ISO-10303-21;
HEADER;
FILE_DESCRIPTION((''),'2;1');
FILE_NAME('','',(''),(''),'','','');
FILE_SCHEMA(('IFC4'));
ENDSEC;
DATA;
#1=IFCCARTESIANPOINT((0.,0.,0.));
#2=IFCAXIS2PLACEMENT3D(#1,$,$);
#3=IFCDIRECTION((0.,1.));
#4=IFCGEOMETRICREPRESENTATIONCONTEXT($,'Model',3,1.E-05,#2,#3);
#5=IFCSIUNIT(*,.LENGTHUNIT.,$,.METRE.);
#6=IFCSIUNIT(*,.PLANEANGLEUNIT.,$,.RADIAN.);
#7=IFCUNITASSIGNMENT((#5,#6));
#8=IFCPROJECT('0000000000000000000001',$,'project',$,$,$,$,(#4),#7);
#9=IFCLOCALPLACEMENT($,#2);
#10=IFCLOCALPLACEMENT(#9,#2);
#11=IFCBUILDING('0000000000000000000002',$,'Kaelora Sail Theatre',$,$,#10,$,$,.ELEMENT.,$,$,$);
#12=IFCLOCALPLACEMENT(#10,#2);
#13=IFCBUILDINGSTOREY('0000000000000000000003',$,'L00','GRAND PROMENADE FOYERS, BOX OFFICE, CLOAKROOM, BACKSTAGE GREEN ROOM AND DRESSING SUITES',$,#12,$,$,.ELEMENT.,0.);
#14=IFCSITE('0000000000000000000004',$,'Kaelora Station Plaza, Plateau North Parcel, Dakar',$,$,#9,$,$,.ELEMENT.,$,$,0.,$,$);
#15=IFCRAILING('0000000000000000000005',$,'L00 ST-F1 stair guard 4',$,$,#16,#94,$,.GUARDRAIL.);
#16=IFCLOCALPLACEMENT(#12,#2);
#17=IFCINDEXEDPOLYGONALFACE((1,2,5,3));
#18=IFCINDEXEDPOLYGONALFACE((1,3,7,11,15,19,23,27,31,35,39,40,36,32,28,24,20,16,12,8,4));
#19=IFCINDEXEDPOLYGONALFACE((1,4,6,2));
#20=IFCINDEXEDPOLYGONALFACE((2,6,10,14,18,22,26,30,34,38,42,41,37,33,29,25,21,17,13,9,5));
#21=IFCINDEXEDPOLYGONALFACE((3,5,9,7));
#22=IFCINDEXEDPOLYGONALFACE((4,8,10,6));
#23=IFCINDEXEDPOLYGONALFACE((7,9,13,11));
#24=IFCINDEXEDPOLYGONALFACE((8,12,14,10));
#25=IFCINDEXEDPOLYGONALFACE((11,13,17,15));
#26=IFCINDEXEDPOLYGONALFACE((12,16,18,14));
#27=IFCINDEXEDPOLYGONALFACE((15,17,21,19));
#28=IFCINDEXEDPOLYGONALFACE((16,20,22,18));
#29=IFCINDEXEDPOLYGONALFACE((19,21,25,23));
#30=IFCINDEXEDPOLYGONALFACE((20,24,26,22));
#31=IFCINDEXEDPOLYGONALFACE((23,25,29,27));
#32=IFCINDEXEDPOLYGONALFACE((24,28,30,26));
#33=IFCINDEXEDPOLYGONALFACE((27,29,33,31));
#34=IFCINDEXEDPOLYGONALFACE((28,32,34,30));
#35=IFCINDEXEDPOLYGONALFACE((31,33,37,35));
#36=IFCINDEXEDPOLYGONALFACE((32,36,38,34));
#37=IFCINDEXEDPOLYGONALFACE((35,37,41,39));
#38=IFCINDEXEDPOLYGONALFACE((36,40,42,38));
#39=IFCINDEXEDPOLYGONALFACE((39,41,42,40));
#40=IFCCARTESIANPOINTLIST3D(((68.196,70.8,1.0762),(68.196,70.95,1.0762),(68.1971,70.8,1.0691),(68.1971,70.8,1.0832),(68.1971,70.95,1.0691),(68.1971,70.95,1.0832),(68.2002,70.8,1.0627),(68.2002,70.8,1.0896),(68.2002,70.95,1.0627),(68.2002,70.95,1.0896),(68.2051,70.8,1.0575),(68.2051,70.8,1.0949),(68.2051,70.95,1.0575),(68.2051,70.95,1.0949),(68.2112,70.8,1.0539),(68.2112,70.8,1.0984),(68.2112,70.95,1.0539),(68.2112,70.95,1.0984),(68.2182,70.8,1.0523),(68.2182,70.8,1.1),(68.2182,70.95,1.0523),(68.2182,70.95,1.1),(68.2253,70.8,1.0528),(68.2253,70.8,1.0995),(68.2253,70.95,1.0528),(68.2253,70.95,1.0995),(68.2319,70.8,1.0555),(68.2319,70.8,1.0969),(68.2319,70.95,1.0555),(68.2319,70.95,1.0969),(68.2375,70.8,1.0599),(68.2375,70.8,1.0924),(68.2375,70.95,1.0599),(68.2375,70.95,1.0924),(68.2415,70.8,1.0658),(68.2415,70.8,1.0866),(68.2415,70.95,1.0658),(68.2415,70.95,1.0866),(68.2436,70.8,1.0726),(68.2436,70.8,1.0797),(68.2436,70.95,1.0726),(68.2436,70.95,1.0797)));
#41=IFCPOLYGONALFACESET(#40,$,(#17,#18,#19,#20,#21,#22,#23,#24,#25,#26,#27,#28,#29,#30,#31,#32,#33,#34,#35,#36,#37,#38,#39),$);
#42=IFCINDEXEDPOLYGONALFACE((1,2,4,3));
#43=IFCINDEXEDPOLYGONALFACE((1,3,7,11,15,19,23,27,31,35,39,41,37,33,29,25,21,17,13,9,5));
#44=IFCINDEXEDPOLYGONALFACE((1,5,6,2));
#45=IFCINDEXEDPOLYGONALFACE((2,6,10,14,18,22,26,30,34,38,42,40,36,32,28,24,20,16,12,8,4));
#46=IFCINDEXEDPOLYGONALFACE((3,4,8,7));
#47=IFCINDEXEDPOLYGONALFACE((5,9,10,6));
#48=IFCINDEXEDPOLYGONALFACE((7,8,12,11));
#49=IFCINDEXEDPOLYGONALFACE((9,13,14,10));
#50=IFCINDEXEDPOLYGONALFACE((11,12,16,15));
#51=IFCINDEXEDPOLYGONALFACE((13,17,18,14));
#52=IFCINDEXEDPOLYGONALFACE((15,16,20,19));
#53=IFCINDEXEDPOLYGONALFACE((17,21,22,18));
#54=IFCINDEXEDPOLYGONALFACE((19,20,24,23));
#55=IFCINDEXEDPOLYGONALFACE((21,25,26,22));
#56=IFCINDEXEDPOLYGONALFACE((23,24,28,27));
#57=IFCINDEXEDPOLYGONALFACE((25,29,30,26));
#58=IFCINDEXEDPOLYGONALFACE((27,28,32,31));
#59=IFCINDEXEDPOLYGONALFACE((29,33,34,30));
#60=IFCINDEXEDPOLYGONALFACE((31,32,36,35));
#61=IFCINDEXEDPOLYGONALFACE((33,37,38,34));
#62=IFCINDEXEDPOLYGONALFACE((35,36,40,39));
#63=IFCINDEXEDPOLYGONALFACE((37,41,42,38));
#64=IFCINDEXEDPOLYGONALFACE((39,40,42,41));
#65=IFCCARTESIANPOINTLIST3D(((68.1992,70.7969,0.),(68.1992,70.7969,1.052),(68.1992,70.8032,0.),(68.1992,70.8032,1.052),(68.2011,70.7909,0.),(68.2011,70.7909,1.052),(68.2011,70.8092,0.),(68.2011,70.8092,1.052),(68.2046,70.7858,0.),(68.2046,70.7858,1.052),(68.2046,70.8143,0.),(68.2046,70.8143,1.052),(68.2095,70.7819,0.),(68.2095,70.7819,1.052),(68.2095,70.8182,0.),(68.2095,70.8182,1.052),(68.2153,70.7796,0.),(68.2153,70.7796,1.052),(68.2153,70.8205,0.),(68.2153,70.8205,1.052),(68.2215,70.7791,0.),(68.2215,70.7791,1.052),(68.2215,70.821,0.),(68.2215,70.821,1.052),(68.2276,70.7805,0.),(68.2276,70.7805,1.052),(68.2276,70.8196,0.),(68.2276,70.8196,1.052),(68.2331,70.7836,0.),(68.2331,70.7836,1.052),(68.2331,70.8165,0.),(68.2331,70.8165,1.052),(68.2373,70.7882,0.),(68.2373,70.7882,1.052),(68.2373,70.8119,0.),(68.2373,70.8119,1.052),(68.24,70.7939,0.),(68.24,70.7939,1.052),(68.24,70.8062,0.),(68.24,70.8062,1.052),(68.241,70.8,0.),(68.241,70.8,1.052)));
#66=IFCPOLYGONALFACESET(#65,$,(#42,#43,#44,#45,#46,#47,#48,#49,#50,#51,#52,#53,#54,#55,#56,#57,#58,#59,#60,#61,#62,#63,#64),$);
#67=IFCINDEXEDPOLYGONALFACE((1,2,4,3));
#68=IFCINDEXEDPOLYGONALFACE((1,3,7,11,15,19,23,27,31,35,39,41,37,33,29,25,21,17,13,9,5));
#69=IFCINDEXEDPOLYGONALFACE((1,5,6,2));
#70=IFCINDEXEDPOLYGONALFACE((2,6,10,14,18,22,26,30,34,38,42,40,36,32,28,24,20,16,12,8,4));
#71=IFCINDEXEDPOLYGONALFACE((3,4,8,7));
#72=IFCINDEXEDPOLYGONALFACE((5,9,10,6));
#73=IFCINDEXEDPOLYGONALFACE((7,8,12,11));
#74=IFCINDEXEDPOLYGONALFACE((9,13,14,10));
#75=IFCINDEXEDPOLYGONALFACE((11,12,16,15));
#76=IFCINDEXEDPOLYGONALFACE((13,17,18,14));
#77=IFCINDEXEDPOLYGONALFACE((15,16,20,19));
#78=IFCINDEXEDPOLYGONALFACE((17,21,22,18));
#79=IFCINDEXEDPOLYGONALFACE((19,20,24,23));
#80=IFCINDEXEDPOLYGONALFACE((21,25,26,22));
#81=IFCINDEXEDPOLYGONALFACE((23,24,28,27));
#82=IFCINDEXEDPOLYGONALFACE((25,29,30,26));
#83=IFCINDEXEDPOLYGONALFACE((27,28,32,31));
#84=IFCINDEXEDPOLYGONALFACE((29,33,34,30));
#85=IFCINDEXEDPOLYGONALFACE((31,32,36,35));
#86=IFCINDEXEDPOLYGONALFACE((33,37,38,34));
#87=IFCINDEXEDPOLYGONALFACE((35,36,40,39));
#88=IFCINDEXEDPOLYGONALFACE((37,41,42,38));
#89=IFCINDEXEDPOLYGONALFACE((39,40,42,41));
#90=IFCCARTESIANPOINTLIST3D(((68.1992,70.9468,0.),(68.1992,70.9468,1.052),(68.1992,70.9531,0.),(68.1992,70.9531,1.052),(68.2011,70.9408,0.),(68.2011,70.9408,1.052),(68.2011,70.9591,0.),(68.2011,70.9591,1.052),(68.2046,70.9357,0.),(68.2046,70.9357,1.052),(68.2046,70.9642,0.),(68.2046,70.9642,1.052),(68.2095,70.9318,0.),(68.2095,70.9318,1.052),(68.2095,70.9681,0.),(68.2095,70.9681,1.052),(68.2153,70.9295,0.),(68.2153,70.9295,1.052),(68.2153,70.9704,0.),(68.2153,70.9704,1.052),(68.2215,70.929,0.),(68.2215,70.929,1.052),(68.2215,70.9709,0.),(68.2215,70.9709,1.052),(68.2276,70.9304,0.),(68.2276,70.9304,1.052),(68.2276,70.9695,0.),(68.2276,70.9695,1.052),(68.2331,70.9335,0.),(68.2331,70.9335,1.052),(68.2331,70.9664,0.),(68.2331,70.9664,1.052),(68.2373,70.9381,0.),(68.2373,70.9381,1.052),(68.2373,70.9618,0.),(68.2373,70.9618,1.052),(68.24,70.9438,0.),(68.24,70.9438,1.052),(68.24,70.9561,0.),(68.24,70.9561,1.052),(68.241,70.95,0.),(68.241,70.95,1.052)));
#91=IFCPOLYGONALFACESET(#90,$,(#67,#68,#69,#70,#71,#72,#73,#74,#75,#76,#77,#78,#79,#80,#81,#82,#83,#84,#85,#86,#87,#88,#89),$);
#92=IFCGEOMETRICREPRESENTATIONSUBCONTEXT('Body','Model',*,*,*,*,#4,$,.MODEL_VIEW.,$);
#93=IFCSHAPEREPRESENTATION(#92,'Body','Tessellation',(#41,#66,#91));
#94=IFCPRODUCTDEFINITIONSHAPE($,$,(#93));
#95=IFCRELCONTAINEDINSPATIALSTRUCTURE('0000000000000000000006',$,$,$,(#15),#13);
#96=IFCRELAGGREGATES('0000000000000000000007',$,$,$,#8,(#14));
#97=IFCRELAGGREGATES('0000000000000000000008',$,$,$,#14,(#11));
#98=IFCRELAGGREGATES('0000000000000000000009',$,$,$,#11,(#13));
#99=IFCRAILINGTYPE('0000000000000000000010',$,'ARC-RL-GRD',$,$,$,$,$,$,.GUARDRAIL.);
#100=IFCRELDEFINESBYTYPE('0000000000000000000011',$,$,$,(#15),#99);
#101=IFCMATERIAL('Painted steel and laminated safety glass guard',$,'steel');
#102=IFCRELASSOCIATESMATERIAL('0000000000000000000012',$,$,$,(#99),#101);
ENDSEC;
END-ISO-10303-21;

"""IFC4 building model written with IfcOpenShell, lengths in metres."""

from ifc_helpers import new_model, si_unit, direction, frame, origin, origin_2d, place, context, subcontext, project, spatial, circle, extrude, material, type_object, element, save


model = new_model("IFC4")

# Units and contexts
model_context = context("Model", 3, precision=1e-05, world=origin(), true_north=direction((0.0, 1.0)))
body_context = subcontext(model_context, "Body", "Model", "MODEL_VIEW")
ifc_project = project(units=[si_unit("LENGTHUNIT", "METRE"), si_unit("PLANEANGLEUNIT", "RADIAN")], contexts=[model_context])

# Site, building, storey
site_placement = place(None, origin())
site = spatial("IfcSite", under=ifc_project, at=site_placement, Name="Kaelora Station Plaza, Plateau North Parcel, Dakar", CompositionType="ELEMENT", RefElevation=0.0)
building_placement = place(site_placement, origin())
building = spatial("IfcBuilding", under=site, at=building_placement, Name="Kaelora Sail Theatre", CompositionType="ELEMENT")
storey_placement = place(building_placement, origin())
storey = spatial("IfcBuildingStorey", under=building, at=storey_placement, Name="L00", Description="GRAND PROMENADE FOYERS, BOX OFFICE, CLOAKROOM, BACKSTAGE GREEN ROOM AND DRESSING SUITES", CompositionType="ELEMENT", Elevation=0.0)

# Railing
ifc_material_1 = material(Name="Painted steel and laminated safety glass guard", Category="steel")
railing_type_1 = type_object("IfcRailingType", Name="ARC-RL-GRD", PredefinedType="GUARDRAIL", material=ifc_material_1)
railing_1_placement = place(storey_placement, frame((68.22, 70.8, 0.0)))
element("IfcRailing", 1, at=railing_1_placement, inside=storey, type_object=railing_type_1, Name="L00 ST-F1 stair guard 4", PredefinedType="GUARDRAIL", context=body_context, shape_type="SweptSolid", body=[
    extrude(circle(Radius=0.0239, at=origin_2d()), frame((0.0, 0.0, 1.0762), z_axis=(0.0, 1.0, 0.0), x_axis=(-1.0, 0.0, 0.0)), (0.0, 0.0, 1.0), 0.1499),
    extrude(circle(Radius=0.021, at=origin_2d()), origin(), (0.0, 0.0, 1.0), 1.052),
    extrude(circle(Radius=0.021, at=origin_2d()), frame((0.0, 0.1499, 0.0)), (0.0, 0.0, 1.0), 1.052),
])

save(model, "model.ifc")
